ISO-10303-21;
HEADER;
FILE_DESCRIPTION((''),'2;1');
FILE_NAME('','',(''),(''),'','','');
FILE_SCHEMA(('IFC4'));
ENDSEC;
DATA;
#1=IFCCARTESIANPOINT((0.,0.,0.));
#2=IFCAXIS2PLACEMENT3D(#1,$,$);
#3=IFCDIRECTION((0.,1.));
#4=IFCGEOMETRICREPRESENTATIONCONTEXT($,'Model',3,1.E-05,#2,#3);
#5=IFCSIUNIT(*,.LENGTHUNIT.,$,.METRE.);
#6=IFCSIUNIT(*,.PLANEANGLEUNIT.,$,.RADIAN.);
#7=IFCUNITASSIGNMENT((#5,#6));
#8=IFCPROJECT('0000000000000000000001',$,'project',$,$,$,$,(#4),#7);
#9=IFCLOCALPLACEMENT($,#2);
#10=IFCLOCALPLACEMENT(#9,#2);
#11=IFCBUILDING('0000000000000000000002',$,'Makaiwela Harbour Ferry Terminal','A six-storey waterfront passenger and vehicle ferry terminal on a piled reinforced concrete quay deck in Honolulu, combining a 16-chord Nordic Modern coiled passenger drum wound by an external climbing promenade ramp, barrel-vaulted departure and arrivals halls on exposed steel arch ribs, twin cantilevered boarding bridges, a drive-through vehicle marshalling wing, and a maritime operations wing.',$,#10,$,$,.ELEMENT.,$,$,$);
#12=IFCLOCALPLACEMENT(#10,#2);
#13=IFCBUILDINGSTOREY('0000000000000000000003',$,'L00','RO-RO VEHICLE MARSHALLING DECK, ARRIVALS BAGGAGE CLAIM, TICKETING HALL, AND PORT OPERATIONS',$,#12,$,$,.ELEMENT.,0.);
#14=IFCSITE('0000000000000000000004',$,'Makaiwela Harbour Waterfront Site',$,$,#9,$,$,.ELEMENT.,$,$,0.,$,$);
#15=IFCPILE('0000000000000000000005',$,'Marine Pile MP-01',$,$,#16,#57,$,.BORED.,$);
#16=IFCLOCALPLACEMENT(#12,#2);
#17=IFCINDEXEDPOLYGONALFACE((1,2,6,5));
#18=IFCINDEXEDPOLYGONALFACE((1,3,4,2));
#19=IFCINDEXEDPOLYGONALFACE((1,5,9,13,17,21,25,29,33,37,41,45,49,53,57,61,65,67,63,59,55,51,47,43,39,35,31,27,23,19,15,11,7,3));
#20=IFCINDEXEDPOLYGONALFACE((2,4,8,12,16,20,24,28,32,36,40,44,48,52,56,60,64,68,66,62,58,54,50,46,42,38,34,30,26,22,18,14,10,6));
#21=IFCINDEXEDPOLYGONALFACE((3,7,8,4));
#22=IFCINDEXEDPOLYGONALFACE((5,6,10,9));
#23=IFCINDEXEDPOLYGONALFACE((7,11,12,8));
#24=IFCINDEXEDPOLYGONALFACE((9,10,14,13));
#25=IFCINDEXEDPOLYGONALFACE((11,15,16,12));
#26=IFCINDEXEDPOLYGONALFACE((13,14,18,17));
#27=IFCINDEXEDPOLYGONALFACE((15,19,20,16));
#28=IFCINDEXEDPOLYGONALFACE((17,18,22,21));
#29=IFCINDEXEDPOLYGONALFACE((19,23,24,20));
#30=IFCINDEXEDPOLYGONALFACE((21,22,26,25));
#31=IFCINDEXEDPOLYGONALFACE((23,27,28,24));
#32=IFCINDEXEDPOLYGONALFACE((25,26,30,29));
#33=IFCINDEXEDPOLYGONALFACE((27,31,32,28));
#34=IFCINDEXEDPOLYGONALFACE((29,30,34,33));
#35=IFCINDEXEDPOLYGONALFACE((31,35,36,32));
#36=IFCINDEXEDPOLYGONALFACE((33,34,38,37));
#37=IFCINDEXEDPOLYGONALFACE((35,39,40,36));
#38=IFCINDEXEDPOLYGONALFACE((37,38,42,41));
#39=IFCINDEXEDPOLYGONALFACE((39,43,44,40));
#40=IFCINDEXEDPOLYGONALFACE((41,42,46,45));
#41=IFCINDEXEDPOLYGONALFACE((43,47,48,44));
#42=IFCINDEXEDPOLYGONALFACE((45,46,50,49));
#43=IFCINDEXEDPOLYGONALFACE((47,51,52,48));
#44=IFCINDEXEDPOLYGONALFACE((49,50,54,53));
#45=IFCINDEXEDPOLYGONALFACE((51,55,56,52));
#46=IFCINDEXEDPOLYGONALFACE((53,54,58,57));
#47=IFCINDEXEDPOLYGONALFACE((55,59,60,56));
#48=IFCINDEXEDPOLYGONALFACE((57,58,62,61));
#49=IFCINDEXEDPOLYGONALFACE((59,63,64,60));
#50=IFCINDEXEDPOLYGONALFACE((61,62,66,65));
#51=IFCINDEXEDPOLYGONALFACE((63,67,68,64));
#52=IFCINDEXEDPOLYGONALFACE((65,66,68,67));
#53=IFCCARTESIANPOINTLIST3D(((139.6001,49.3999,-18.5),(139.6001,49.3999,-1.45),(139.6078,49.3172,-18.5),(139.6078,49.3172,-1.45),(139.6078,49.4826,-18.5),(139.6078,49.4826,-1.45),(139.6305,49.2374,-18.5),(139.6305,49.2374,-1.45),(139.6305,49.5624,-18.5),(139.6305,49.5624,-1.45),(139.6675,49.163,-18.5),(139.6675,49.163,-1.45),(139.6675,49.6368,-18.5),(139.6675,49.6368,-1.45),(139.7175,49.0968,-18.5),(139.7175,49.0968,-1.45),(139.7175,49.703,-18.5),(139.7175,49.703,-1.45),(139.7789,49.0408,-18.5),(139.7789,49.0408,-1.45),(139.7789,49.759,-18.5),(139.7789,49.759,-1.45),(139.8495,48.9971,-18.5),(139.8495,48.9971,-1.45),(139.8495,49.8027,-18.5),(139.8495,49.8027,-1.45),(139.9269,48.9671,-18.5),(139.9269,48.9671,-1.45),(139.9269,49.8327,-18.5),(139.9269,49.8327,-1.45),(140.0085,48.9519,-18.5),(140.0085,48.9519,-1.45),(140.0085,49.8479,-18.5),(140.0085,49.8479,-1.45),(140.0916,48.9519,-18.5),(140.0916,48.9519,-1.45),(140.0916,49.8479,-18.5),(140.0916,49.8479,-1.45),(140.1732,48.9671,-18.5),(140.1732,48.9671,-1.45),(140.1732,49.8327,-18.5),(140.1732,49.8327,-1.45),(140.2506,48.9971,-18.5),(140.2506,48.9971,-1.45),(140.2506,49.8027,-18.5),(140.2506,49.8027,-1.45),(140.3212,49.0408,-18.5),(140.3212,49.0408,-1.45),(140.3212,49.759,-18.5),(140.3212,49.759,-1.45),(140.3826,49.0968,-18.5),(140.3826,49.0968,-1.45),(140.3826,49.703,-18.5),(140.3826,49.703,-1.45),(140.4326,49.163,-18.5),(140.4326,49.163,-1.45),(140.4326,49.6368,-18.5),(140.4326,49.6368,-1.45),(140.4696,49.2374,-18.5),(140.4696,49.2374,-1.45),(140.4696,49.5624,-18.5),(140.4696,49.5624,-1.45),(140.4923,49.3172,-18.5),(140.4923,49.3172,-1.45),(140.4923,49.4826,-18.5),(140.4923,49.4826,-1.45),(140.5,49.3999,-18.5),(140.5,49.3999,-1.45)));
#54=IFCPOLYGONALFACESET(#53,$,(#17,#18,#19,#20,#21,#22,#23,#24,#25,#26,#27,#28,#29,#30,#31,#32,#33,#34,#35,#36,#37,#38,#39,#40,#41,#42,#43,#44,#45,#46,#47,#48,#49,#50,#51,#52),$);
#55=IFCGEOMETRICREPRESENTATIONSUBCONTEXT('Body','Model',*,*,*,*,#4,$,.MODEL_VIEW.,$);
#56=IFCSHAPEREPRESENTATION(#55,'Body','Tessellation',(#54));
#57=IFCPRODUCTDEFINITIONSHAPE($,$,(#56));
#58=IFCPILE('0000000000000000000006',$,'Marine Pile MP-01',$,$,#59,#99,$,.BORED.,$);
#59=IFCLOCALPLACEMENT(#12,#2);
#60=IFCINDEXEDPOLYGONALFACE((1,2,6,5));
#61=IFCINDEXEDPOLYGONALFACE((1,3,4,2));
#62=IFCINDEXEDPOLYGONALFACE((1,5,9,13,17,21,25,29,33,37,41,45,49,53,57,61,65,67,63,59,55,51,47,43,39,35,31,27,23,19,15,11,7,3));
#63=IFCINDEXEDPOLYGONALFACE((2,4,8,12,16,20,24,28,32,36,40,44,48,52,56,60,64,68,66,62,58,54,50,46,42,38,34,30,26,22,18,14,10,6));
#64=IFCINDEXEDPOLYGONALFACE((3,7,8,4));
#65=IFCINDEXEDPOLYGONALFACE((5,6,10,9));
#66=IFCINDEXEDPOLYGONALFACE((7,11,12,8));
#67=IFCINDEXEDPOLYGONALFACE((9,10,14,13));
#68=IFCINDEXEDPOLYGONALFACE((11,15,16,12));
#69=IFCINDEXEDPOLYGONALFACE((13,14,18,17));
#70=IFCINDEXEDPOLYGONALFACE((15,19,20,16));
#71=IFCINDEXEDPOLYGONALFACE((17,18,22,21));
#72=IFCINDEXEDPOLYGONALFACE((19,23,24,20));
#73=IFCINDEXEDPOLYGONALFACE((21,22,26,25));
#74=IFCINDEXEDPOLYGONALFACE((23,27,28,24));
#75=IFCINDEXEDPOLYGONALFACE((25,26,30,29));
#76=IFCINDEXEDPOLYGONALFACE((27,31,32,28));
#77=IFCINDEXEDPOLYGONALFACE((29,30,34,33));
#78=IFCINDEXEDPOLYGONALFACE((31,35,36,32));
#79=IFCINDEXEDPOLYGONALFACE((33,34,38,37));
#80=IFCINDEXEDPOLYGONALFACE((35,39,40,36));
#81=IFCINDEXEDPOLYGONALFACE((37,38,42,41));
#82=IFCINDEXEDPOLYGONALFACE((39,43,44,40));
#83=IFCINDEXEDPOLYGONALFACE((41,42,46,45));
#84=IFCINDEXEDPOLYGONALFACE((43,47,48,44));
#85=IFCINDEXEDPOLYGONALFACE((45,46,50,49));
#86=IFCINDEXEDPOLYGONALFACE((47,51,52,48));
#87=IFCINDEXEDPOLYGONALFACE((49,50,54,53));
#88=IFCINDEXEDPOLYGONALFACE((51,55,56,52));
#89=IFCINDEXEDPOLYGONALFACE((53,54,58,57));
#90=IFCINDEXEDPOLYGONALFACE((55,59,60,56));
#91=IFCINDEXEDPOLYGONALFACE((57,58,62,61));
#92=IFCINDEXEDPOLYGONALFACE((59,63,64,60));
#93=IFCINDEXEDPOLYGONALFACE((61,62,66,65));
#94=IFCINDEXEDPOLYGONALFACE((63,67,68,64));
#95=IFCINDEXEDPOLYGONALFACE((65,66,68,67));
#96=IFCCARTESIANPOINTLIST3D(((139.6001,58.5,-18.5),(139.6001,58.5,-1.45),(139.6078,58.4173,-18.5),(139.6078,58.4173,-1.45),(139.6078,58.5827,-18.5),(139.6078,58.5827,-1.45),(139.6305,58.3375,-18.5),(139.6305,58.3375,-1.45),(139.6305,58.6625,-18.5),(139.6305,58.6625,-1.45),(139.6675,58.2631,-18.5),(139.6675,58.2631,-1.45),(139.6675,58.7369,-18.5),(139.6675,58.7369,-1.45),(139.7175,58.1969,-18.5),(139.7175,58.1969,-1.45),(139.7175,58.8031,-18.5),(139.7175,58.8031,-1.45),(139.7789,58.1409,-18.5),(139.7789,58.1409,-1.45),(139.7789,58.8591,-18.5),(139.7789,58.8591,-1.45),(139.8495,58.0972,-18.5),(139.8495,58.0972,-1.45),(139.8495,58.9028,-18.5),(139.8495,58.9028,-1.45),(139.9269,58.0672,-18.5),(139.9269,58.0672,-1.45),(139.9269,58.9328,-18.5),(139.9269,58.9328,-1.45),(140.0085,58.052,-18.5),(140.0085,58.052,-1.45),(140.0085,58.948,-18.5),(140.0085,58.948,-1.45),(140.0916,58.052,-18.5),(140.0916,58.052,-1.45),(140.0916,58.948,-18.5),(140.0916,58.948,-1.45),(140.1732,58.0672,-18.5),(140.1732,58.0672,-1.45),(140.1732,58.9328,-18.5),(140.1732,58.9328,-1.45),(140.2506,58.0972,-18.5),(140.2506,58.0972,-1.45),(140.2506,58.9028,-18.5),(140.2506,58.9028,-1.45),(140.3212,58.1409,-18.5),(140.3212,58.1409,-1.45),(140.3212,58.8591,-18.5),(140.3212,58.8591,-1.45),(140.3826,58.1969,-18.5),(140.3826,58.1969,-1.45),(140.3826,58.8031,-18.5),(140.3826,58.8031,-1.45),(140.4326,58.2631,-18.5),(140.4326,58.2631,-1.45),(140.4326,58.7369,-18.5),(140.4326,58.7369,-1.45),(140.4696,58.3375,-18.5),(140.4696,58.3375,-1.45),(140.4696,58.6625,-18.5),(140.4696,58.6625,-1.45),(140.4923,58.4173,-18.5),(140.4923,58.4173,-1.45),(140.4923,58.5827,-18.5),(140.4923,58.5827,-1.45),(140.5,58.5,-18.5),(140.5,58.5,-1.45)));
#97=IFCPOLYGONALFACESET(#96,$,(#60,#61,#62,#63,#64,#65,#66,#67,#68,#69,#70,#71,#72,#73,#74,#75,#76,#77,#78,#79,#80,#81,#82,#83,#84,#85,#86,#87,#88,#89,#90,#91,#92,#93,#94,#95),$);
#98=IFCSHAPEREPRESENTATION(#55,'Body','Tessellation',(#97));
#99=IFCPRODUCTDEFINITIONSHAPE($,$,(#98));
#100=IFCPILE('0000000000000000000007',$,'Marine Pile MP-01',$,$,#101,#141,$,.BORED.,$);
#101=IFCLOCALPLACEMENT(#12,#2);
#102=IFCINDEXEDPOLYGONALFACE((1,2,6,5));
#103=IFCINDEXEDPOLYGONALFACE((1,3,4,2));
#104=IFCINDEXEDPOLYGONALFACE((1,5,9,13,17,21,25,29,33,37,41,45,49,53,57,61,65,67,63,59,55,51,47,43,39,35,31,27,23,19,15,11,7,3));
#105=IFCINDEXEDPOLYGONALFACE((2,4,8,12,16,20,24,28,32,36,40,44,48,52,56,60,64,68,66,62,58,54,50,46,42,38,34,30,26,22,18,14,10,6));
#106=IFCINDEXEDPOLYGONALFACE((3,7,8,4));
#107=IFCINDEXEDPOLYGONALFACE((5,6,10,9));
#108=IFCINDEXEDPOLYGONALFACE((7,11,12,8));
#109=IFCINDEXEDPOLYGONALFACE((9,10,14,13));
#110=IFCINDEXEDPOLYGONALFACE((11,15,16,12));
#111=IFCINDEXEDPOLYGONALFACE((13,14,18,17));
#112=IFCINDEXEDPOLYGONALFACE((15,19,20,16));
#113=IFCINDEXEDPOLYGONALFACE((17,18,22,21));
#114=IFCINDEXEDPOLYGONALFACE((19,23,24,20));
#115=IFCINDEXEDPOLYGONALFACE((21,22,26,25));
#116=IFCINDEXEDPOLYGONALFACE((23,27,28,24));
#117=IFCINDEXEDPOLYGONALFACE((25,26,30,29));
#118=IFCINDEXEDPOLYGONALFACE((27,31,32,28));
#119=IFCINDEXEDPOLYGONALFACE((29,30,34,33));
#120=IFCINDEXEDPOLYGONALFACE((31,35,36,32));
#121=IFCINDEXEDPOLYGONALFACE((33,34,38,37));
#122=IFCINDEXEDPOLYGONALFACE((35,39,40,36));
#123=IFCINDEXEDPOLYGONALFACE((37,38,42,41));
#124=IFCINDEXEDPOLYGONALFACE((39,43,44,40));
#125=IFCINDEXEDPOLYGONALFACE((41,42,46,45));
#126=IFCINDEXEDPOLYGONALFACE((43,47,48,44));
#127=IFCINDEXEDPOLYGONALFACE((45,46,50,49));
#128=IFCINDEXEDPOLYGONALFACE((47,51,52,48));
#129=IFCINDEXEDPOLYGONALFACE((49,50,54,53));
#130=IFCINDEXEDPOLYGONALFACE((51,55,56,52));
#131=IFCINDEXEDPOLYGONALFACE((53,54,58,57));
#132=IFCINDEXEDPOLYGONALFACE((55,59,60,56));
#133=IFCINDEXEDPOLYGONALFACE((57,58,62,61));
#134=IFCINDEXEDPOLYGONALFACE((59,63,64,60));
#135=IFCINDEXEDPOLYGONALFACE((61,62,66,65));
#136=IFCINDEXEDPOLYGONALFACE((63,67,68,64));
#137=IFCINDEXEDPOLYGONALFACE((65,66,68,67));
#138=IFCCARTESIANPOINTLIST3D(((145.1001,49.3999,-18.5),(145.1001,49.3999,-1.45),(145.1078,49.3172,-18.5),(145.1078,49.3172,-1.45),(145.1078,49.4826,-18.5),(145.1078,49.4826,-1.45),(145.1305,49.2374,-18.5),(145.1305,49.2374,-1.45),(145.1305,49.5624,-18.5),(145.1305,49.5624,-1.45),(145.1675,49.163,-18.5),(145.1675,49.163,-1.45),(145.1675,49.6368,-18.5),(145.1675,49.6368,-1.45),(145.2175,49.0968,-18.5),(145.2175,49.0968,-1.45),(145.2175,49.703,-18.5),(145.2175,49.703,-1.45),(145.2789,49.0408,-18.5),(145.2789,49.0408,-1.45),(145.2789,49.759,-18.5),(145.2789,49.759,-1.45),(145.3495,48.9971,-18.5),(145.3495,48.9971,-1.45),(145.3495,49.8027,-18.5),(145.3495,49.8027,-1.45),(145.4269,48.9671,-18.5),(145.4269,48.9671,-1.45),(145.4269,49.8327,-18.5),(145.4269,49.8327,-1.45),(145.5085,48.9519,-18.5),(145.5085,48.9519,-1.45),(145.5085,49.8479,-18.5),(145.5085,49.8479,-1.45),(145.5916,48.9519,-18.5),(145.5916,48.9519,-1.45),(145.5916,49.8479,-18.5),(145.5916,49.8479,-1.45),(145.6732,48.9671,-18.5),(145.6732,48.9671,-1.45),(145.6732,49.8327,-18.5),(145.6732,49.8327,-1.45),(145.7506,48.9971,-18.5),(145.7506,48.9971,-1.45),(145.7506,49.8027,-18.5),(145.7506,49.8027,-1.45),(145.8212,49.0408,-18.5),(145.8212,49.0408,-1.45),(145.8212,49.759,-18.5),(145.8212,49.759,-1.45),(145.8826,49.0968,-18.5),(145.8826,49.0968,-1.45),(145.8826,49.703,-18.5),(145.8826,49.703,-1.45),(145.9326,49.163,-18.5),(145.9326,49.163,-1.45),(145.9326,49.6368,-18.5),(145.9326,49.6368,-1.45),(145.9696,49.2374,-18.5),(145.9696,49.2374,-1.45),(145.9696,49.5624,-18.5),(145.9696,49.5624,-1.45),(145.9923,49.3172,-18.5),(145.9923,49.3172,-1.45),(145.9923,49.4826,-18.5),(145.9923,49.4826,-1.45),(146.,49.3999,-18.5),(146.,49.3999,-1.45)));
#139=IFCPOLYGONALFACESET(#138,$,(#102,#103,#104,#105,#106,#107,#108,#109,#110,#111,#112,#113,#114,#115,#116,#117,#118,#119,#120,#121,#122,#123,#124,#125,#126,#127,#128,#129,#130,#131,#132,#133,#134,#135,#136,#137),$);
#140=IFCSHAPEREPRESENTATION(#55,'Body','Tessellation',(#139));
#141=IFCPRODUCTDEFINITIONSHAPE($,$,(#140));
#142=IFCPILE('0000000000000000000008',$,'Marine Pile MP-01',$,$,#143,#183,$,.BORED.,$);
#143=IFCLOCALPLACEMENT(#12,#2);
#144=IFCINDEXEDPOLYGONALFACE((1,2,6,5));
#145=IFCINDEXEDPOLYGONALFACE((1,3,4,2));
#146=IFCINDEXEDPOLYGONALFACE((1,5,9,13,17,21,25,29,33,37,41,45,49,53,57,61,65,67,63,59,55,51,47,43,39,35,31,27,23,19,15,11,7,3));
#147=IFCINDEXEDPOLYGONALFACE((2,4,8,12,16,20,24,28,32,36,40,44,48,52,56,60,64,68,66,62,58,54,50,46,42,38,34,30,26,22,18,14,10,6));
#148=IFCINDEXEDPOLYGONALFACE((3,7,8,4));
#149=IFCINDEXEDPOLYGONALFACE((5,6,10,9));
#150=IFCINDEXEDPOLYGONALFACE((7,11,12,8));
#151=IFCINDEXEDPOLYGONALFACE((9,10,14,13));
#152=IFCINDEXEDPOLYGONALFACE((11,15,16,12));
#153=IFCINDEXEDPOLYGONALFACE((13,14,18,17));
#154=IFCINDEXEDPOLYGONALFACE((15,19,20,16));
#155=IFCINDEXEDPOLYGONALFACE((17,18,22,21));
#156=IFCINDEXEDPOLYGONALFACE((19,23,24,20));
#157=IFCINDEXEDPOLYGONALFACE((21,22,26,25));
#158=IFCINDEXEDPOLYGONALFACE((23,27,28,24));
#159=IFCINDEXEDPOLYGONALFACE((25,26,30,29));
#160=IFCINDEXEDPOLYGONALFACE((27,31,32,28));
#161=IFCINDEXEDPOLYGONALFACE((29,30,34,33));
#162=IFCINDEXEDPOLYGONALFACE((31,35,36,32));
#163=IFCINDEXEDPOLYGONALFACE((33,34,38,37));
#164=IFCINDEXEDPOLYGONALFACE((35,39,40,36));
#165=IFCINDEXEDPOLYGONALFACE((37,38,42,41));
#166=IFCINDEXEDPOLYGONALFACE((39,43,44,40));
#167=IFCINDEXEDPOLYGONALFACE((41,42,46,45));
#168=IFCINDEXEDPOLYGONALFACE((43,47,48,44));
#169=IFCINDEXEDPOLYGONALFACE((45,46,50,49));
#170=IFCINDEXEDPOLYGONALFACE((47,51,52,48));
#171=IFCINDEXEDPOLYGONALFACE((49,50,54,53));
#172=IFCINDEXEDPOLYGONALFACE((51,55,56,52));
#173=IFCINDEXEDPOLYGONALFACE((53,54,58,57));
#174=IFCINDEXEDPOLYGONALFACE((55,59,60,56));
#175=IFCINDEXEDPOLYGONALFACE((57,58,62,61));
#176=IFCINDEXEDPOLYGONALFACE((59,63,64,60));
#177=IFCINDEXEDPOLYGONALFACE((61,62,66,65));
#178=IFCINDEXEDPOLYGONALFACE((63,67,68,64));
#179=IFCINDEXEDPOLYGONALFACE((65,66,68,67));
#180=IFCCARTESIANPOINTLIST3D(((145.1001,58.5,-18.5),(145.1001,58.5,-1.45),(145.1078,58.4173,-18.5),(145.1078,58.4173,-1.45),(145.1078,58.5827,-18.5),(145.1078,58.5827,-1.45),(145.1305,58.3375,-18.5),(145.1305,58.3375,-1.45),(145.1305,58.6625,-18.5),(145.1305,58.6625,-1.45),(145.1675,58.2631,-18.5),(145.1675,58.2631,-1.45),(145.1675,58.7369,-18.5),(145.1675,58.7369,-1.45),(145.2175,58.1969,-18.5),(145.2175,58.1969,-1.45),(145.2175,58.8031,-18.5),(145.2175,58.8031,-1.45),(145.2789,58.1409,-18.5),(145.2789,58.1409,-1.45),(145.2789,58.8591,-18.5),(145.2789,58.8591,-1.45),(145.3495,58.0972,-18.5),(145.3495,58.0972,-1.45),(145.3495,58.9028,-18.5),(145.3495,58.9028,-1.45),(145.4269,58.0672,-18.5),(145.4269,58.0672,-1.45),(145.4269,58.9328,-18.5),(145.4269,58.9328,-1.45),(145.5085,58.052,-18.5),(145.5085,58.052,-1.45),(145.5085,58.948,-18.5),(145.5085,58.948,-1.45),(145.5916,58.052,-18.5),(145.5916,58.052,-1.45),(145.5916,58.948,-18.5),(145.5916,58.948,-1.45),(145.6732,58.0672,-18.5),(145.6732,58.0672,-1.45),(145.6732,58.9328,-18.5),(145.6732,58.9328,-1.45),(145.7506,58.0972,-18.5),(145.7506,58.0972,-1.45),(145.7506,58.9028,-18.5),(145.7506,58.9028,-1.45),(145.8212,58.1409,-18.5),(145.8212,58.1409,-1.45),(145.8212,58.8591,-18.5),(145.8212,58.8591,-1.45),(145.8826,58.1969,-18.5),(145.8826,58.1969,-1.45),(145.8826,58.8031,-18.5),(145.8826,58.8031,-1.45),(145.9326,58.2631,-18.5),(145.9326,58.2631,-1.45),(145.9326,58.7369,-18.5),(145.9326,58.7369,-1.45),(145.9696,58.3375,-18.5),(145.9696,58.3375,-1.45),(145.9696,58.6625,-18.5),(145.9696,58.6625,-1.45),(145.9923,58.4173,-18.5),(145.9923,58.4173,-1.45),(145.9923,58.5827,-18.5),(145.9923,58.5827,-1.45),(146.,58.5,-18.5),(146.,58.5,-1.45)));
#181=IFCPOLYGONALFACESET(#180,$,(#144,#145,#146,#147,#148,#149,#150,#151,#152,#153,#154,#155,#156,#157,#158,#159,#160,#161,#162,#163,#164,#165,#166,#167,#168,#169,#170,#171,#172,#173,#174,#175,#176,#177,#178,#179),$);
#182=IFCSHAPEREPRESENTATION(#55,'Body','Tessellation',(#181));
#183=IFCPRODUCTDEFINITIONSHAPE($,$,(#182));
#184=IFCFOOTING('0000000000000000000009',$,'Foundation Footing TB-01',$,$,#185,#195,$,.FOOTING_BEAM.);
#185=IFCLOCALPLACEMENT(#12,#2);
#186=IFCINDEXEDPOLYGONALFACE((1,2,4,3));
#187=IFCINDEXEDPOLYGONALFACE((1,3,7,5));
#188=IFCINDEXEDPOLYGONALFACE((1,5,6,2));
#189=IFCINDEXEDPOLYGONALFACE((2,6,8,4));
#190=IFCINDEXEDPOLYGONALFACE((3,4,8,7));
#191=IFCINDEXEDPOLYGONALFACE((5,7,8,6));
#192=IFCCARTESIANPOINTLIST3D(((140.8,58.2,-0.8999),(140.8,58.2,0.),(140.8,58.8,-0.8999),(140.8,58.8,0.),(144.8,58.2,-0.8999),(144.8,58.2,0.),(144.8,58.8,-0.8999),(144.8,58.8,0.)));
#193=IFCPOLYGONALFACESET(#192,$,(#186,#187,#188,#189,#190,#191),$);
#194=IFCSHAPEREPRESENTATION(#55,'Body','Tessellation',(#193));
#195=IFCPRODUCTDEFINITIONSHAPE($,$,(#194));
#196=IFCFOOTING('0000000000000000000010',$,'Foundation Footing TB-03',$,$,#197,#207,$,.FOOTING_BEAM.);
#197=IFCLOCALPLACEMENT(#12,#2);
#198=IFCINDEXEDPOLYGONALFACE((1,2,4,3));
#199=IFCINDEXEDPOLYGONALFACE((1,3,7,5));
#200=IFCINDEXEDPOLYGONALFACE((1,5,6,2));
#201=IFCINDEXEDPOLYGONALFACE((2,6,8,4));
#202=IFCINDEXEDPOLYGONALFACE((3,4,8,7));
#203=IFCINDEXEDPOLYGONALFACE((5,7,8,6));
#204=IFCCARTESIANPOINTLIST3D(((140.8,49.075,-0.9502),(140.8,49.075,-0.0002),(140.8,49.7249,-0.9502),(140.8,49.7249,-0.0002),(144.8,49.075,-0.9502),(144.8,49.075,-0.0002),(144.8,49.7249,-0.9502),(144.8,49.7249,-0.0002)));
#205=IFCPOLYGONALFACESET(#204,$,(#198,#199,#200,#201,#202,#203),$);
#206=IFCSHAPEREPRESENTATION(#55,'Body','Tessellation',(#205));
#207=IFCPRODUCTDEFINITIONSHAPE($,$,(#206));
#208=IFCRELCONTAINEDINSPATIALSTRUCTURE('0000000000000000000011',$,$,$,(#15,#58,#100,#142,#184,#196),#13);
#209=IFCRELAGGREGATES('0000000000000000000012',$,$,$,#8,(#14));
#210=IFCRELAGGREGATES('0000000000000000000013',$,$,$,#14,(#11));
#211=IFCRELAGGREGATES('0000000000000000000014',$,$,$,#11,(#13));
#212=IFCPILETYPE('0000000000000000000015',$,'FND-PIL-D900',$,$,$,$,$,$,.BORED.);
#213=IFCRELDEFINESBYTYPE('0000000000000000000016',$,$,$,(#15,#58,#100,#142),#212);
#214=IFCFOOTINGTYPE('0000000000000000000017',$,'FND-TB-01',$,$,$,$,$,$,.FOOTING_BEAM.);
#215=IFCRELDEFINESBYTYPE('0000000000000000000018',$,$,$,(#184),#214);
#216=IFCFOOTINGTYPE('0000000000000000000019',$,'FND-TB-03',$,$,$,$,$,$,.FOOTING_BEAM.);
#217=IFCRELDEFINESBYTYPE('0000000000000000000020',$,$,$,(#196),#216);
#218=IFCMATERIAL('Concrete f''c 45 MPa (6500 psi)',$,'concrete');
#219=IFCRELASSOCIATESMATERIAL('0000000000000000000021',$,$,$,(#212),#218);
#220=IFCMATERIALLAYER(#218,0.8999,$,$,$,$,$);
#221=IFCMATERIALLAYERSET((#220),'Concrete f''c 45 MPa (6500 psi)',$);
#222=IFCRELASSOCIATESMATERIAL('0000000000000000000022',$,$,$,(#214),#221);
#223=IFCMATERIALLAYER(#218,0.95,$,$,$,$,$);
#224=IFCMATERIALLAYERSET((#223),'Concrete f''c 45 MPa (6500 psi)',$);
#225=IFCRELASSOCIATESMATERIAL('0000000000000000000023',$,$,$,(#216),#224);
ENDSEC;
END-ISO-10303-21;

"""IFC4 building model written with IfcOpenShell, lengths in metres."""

from ifc_helpers import new_model, si_unit, direction, frame, origin, origin_2d, place, context, subcontext, project, spatial, rectangle, circle, extrude, material, layer, layer_set, material_profile, profile_set, type_object, element, save


model = new_model("IFC4")

# Units and contexts
model_context = context("Model", 3, precision=1e-05, world=origin(), true_north=direction((0.0, 1.0)))
body_context = subcontext(model_context, "Body", "Model", "MODEL_VIEW")
ifc_project = project(units=[si_unit("LENGTHUNIT", "METRE"), si_unit("PLANEANGLEUNIT", "RADIAN")], contexts=[model_context])

# Site, building, storey
site_placement = place(None, origin())
site = spatial("IfcSite", under=ifc_project, at=site_placement, Name="Makaiwela Harbour Waterfront Site", CompositionType="ELEMENT", RefElevation=0.0)
building_placement = place(site_placement, origin())
building = spatial("IfcBuilding", under=site, at=building_placement, Name="Makaiwela Harbour Ferry Terminal", Description="A six-storey waterfront passenger and vehicle ferry terminal on a piled reinforced concrete quay deck in Honolulu, combining a 16-chord Nordic Modern coiled passenger drum wound by an external climbing promenade ramp, barrel-vaulted departure and arrivals halls on exposed steel arch ribs, twin cantilevered boarding bridges, a drive-through vehicle marshalling wing, and a maritime operations wing.", CompositionType="ELEMENT")
storey_placement = place(building_placement, origin())
storey = spatial("IfcBuildingStorey", under=building, at=storey_placement, Name="L00", Description="RO-RO VEHICLE MARSHALLING DECK, ARRIVALS BAGGAGE CLAIM, TICKETING HALL, AND PORT OPERATIONS", CompositionType="ELEMENT", Elevation=0.0)

# Shared definitions
ifc_material_1 = material(Name="Concrete f'c 45 MPa (6500 psi)", Category="concrete")

# Piles
ifc_material_profile_1 = material_profile(ifc_material_1, circle(Radius=0.45, at=origin_2d()), Name="PILE-D900")
ifc_profile_set_1 = profile_set([ifc_material_profile_1], Name="Concrete f'c 45 MPa (6500 psi)")
pile_type = type_object("IfcPileType", Name="FND-PIL-D900", PredefinedType="BORED", material=ifc_profile_set_1)
for number, where, z_axis, x_axis, name in (
    (1, (140.05, 49.3999, -1.45), (0.0, 0.0, -1.0), (1.0, 0.0, 0.0), "Marine Pile MP-01"),
    (2, (140.05, 58.5, -1.45), (0.0, 0.0, -1.0), (1.0, 0.0, 0.0), "Marine Pile MP-01"),
    (3, (145.55, 49.3999, -1.45), (0.0, 0.0, -1.0), (1.0, 0.0, 0.0), "Marine Pile MP-01"),
    (4, (145.55, 58.5, -1.45), (0.0, 0.0, -1.0), (1.0, 0.0, 0.0), "Marine Pile MP-01"),
):
    element("IfcPile", number, at=place(storey_placement, frame(where, z_axis=z_axis, x_axis=x_axis)), inside=storey, type_object=pile_type, Name=name, PredefinedType="BORED", context=body_context, shape_type="SweptSolid", body=[
        extrude(circle(Radius=0.45, at=origin_2d()), origin(), (0.0, 0.0, 1.0), 17.05),
    ])

# Footings
ifc_layer_1 = layer(ifc_material_1, 0.8999)
ifc_layer_set_1 = layer_set([ifc_layer_1], Name="Concrete f'c 45 MPa (6500 psi)")
footing_type_1 = type_object("IfcFootingType", Name="FND-TB-01", PredefinedType="FOOTING_BEAM", material=ifc_layer_set_1)
footing_1_placement = place(storey_placement, frame((142.8, 58.5, -0.8999), z_axis=(0.0, 0.0, 1.0), x_axis=(1.0, 0.0, 0.0)))
element("IfcFooting", 5, at=footing_1_placement, inside=storey, type_object=footing_type_1, Name="Foundation Footing TB-01", PredefinedType="FOOTING_BEAM", context=body_context, shape_type="SweptSolid", body=[
    extrude(rectangle(XDim=4.0, YDim=0.6001, at=origin_2d()), origin(), (0.0, 0.0, 1.0), 0.8999),
])
ifc_layer_2 = layer(ifc_material_1, 0.95)
ifc_layer_set_2 = layer_set([ifc_layer_2], Name="Concrete f'c 45 MPa (6500 psi)")
footing_type_2 = type_object("IfcFootingType", Name="FND-TB-03", PredefinedType="FOOTING_BEAM", material=ifc_layer_set_2)
footing_2_placement = place(storey_placement, frame((142.8, 49.3999, -0.9502), z_axis=(0.0, 0.0, 1.0), x_axis=(1.0, 0.0, 0.0)))
element("IfcFooting", 6, at=footing_2_placement, inside=storey, type_object=footing_type_2, Name="Foundation Footing TB-03", PredefinedType="FOOTING_BEAM", context=body_context, shape_type="SweptSolid", body=[
    extrude(rectangle(XDim=4.0, YDim=0.6499, at=origin_2d()), origin(), (0.0, 0.0, 1.0), 0.95),
])

save(model, "model.ifc")
